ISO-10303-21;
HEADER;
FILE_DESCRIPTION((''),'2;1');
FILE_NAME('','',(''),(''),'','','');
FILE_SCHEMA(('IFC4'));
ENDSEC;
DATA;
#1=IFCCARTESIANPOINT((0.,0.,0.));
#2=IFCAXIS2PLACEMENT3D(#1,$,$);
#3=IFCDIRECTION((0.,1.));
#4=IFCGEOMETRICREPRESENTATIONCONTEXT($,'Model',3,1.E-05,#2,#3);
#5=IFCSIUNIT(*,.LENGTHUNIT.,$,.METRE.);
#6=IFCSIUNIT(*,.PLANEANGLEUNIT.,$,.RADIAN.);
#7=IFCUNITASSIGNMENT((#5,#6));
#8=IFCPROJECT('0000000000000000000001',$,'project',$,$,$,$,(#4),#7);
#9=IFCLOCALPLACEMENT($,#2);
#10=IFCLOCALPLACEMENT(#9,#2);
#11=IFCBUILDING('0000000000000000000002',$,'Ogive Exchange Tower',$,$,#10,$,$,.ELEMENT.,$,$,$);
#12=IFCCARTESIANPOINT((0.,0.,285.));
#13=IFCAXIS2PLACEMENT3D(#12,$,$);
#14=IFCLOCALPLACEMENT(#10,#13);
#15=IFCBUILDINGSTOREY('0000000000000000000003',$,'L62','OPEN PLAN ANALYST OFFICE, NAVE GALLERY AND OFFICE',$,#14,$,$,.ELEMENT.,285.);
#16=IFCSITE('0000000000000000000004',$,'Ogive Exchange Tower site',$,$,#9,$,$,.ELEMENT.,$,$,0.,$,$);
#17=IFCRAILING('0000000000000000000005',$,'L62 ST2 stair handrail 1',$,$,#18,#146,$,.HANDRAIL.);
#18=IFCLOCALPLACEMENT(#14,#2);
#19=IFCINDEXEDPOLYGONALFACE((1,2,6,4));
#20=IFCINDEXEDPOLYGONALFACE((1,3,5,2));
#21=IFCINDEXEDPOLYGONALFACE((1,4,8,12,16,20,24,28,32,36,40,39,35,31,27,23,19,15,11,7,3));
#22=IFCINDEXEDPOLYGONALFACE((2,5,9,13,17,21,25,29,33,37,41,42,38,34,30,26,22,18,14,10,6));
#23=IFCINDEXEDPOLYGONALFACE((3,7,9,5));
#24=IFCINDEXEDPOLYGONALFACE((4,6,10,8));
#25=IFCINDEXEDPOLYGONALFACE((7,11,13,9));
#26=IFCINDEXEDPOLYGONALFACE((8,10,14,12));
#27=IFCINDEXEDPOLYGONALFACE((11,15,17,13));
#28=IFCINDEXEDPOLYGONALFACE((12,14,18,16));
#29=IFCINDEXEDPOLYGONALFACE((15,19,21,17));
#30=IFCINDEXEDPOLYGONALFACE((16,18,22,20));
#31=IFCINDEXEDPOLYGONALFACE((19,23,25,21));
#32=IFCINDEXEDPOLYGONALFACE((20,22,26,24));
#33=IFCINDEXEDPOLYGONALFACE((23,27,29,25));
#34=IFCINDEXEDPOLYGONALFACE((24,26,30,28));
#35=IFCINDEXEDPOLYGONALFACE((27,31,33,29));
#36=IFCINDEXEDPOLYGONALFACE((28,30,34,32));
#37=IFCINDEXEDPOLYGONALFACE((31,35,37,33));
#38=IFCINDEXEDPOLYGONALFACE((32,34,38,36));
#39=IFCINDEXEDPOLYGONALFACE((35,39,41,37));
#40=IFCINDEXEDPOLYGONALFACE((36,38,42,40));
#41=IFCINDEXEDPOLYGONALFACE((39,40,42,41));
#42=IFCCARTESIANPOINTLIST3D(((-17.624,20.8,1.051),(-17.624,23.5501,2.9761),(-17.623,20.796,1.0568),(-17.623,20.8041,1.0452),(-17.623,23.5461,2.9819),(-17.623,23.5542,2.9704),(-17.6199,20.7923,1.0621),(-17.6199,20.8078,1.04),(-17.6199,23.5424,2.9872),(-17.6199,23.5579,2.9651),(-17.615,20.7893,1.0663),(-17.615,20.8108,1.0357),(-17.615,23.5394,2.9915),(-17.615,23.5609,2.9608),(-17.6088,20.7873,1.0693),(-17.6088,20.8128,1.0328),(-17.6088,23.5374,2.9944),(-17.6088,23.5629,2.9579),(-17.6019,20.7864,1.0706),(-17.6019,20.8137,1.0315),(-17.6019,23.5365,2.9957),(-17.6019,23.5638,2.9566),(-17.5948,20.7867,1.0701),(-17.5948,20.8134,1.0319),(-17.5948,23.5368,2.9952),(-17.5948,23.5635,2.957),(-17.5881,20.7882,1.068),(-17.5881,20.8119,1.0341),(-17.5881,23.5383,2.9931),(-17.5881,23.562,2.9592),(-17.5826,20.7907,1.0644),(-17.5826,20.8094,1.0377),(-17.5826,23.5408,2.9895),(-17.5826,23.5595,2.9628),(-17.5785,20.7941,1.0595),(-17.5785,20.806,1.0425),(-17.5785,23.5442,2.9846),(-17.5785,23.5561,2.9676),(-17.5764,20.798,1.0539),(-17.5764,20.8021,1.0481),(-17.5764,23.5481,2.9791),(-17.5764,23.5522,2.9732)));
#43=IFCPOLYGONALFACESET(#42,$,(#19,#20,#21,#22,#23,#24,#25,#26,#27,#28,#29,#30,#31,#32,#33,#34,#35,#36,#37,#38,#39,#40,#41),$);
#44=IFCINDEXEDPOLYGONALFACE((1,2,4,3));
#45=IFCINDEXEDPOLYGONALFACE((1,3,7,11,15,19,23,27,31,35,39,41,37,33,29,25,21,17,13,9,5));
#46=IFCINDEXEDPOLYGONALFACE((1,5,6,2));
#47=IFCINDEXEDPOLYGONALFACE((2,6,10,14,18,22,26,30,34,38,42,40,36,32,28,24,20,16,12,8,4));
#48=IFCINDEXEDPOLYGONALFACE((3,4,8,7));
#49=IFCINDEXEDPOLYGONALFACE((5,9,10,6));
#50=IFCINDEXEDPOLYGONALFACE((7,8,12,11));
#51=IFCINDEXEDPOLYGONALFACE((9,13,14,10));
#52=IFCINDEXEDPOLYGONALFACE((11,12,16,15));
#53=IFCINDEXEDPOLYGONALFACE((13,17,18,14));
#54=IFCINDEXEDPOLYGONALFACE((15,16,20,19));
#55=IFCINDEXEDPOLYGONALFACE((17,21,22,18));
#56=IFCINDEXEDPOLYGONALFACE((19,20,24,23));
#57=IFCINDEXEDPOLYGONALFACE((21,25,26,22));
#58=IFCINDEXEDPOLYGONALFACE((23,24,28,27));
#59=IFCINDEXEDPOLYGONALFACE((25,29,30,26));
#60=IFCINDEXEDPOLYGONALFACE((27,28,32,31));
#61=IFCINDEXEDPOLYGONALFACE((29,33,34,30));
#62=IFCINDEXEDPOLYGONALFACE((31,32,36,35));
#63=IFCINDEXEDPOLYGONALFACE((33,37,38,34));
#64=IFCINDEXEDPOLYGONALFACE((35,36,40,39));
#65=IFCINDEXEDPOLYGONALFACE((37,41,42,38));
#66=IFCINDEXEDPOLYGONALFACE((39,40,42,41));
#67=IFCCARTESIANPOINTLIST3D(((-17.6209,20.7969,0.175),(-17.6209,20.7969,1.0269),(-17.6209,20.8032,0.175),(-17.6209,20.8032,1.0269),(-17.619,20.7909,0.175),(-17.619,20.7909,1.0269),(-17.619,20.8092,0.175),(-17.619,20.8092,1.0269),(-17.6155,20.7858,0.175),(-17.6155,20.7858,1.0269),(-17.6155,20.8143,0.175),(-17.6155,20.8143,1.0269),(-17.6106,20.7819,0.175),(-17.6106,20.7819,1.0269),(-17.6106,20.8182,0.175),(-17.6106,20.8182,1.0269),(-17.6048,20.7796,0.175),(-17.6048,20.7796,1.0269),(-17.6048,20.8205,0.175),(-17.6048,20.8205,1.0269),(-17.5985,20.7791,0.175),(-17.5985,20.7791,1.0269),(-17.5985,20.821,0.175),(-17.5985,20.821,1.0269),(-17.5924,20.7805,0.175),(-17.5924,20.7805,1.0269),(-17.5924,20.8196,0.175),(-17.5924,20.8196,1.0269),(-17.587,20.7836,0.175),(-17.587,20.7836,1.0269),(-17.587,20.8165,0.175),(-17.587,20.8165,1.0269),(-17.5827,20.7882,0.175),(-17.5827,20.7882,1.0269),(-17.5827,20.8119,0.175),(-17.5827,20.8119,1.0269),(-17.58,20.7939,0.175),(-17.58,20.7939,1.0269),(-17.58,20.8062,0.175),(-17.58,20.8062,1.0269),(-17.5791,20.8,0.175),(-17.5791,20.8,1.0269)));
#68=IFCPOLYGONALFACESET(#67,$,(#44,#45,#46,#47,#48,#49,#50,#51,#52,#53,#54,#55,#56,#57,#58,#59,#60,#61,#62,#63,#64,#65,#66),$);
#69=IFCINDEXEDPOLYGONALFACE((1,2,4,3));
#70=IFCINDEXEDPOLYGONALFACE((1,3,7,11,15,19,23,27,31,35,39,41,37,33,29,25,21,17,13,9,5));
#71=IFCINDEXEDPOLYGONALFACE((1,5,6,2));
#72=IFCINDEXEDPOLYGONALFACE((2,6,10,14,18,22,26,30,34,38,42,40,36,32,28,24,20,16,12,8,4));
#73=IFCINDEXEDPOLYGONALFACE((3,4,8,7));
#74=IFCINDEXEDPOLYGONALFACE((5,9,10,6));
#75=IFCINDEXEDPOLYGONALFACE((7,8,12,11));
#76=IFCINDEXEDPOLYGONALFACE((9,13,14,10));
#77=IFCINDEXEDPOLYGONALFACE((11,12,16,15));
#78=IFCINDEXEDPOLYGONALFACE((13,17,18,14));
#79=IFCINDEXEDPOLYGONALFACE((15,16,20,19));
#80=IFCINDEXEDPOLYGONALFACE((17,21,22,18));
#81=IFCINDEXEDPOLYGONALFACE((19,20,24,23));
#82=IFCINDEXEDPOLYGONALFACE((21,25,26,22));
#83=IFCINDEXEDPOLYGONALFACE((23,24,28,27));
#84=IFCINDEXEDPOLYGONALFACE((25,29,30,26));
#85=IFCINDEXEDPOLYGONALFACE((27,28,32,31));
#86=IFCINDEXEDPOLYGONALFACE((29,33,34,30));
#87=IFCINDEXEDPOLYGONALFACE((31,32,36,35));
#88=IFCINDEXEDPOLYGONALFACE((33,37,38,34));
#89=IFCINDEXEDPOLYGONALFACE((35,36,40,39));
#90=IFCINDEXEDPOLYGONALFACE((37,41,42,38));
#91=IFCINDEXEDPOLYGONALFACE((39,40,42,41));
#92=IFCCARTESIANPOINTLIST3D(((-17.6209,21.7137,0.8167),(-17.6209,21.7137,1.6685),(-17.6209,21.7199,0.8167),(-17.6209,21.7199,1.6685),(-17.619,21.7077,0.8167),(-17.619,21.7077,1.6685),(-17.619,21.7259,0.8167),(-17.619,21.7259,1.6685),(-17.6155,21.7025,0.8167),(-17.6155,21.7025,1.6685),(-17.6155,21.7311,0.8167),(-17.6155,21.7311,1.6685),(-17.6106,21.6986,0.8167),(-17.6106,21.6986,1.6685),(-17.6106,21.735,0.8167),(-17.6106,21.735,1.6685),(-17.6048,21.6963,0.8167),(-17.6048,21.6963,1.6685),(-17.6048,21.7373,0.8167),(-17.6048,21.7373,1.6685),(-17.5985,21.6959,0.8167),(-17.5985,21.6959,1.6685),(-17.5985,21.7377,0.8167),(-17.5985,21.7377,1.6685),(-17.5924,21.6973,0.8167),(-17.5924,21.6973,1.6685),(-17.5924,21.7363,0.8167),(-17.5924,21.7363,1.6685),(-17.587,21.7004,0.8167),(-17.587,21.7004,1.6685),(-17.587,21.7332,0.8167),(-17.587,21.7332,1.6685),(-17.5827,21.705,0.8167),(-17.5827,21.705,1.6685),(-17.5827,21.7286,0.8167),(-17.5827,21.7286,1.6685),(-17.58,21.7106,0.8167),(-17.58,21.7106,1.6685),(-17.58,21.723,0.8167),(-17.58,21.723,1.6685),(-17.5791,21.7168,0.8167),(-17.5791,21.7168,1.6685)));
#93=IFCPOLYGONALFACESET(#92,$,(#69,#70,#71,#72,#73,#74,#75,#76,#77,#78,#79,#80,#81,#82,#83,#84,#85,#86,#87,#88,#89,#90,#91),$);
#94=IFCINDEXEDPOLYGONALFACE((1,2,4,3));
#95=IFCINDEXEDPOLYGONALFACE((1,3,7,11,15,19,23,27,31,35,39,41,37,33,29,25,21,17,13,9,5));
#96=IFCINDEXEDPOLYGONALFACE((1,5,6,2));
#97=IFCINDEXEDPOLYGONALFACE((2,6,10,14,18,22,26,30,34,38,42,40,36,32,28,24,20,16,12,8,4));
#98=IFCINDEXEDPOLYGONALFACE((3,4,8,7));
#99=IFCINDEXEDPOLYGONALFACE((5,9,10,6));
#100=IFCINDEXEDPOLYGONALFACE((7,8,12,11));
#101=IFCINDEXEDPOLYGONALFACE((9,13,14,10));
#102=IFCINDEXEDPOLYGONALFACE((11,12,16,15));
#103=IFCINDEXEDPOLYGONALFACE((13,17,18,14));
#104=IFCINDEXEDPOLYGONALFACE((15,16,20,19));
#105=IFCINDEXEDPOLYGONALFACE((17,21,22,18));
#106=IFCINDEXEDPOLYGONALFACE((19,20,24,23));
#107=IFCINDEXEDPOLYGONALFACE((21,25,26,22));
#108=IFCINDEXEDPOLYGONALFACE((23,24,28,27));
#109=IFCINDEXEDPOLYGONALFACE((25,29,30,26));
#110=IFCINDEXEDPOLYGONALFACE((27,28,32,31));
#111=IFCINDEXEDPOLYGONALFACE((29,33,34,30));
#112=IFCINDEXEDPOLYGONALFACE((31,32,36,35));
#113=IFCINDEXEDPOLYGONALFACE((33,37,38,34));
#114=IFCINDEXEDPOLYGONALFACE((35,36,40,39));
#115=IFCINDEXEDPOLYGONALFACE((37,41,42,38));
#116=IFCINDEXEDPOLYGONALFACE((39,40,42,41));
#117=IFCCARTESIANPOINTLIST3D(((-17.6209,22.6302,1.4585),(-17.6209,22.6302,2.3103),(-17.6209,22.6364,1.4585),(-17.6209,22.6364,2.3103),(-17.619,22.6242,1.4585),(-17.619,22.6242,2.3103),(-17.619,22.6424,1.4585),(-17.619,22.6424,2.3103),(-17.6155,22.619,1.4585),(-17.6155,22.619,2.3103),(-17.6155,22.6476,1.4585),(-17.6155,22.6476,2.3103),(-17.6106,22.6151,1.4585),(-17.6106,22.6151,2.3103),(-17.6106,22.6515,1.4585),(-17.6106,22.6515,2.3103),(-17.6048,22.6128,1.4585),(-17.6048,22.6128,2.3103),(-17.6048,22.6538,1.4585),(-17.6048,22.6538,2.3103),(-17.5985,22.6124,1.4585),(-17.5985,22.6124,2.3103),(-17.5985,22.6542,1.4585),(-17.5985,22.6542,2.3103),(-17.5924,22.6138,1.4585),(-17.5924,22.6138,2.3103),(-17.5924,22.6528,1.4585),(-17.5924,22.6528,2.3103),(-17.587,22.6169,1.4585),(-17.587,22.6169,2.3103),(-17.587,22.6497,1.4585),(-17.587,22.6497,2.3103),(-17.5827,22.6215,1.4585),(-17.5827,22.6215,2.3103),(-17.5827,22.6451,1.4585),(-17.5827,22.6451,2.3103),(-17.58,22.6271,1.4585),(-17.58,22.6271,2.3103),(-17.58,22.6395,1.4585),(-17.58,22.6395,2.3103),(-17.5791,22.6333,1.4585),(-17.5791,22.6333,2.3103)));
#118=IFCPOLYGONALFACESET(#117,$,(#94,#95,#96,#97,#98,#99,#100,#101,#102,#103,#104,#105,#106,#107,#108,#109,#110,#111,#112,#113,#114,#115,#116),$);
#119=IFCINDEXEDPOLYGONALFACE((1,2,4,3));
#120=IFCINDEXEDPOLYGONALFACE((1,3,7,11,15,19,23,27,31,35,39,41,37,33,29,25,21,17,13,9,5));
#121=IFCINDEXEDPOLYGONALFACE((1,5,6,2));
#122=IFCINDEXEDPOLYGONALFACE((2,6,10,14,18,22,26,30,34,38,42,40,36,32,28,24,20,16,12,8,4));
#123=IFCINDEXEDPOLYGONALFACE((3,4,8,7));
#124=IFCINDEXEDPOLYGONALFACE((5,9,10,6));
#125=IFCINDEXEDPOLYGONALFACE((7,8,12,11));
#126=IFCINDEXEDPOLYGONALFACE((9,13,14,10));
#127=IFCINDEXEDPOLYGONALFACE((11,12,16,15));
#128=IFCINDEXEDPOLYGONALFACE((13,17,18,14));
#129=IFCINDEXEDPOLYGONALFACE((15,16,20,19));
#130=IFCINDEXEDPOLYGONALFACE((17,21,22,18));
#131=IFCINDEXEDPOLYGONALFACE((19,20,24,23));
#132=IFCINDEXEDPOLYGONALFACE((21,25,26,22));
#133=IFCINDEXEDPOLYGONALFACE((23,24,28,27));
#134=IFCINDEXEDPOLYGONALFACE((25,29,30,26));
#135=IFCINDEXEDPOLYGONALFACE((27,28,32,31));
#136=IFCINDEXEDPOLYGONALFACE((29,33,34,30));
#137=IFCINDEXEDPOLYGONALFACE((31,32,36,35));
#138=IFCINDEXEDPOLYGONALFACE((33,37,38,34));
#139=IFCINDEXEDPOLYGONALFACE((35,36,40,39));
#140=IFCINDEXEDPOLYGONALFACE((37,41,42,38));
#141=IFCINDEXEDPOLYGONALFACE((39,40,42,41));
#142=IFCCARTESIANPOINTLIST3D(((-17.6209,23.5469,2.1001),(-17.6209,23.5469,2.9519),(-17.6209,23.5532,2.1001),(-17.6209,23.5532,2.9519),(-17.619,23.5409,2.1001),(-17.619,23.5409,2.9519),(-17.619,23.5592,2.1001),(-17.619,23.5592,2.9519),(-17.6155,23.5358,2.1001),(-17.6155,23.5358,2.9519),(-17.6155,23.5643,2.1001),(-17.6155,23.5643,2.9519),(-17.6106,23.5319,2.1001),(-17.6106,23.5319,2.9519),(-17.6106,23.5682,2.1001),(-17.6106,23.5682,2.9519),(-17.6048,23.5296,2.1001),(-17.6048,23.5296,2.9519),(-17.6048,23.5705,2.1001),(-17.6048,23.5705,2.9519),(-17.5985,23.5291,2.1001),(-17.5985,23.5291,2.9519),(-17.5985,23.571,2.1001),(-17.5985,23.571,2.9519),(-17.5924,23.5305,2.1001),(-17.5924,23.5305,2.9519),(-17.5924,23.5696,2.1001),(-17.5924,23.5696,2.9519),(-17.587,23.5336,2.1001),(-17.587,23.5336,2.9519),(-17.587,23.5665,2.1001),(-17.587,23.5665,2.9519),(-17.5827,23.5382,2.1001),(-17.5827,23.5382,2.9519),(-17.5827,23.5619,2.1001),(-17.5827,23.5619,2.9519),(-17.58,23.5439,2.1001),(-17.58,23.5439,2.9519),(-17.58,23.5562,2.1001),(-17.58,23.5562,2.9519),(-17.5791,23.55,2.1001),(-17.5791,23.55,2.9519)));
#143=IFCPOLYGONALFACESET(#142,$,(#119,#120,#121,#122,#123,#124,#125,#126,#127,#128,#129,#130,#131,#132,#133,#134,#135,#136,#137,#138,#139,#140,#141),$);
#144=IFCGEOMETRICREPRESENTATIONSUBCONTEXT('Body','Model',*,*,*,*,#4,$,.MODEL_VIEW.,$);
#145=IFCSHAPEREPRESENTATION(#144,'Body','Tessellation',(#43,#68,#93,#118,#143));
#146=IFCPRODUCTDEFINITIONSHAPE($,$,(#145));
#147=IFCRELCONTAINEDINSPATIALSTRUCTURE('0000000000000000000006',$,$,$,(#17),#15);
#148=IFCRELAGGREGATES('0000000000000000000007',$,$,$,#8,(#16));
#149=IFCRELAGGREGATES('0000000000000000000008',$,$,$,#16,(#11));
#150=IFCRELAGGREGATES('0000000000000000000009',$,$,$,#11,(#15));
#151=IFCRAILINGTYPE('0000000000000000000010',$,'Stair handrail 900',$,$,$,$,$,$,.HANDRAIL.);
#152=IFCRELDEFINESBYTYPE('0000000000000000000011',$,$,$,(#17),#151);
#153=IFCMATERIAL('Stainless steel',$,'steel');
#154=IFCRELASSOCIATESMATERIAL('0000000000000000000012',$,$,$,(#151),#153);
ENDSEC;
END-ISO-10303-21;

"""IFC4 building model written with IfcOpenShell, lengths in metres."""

from ifc_helpers import new_model, si_unit, direction, frame, origin, origin_2d, place, context, subcontext, project, spatial, circle, extrude, material, type_object, element, save


model = new_model("IFC4")

# Units and contexts
model_context = context("Model", 3, precision=1e-05, world=origin(), true_north=direction((0.0, 1.0)))
body_context = subcontext(model_context, "Body", "Model", "MODEL_VIEW")
ifc_project = project(units=[si_unit("LENGTHUNIT", "METRE"), si_unit("PLANEANGLEUNIT", "RADIAN")], contexts=[model_context])

# Site, building, storey
site_placement = place(None, origin())
site = spatial("IfcSite", under=ifc_project, at=site_placement, Name="Ogive Exchange Tower site", CompositionType="ELEMENT", RefElevation=0.0)
building_placement = place(site_placement, origin())
building = spatial("IfcBuilding", under=site, at=building_placement, Name="Ogive Exchange Tower", CompositionType="ELEMENT")
storey_placement = place(building_placement, frame((0.0, 0.0, 285.0)))
storey = spatial("IfcBuildingStorey", under=building, at=storey_placement, Name="L62", Description="OPEN PLAN ANALYST OFFICE, NAVE GALLERY AND OFFICE", CompositionType="ELEMENT", Elevation=285.0)

# Railing
ifc_material_1 = material(Name="Stainless steel", Category="steel")
railing_type = type_object("IfcRailingType", Name="Stair handrail 900", PredefinedType="HANDRAIL", material=ifc_material_1)
railing_1_placement = place(storey_placement, frame((-17.6001, 20.8, 0.175)))
element("IfcRailing", 1, at=railing_1_placement, inside=storey, type_object=railing_type, Name="L62 ST2 stair handrail 1", PredefinedType="HANDRAIL", context=body_context, shape_type="SweptSolid", body=[
    extrude(circle(Radius=0.0239, at=origin_2d()), frame((0.0, 0.0, 0.876), z_axis=(0.0, 0.819225, 0.573472), x_axis=(-1.0, 0.0, 0.0)), (0.0, 0.0, 1.0), 3.3569),
    extrude(circle(Radius=0.021, at=origin_2d()), origin(), (0.0, 0.0, 1.0), 0.8518),
    extrude(circle(Radius=0.021, at=origin_2d()), frame((0.0, 0.9167, 0.6416)), (0.0, 0.0, 1.0), 0.8518),
    extrude(circle(Radius=0.021, at=origin_2d()), frame((0.0, 1.8333, 1.2834)), (0.0, 0.0, 1.0), 0.8518),
    extrude(circle(Radius=0.021, at=origin_2d()), frame((0.0, 2.75, 1.925)), (0.0, 0.0, 1.0), 0.8518),
])

save(model, "model.ifc")
